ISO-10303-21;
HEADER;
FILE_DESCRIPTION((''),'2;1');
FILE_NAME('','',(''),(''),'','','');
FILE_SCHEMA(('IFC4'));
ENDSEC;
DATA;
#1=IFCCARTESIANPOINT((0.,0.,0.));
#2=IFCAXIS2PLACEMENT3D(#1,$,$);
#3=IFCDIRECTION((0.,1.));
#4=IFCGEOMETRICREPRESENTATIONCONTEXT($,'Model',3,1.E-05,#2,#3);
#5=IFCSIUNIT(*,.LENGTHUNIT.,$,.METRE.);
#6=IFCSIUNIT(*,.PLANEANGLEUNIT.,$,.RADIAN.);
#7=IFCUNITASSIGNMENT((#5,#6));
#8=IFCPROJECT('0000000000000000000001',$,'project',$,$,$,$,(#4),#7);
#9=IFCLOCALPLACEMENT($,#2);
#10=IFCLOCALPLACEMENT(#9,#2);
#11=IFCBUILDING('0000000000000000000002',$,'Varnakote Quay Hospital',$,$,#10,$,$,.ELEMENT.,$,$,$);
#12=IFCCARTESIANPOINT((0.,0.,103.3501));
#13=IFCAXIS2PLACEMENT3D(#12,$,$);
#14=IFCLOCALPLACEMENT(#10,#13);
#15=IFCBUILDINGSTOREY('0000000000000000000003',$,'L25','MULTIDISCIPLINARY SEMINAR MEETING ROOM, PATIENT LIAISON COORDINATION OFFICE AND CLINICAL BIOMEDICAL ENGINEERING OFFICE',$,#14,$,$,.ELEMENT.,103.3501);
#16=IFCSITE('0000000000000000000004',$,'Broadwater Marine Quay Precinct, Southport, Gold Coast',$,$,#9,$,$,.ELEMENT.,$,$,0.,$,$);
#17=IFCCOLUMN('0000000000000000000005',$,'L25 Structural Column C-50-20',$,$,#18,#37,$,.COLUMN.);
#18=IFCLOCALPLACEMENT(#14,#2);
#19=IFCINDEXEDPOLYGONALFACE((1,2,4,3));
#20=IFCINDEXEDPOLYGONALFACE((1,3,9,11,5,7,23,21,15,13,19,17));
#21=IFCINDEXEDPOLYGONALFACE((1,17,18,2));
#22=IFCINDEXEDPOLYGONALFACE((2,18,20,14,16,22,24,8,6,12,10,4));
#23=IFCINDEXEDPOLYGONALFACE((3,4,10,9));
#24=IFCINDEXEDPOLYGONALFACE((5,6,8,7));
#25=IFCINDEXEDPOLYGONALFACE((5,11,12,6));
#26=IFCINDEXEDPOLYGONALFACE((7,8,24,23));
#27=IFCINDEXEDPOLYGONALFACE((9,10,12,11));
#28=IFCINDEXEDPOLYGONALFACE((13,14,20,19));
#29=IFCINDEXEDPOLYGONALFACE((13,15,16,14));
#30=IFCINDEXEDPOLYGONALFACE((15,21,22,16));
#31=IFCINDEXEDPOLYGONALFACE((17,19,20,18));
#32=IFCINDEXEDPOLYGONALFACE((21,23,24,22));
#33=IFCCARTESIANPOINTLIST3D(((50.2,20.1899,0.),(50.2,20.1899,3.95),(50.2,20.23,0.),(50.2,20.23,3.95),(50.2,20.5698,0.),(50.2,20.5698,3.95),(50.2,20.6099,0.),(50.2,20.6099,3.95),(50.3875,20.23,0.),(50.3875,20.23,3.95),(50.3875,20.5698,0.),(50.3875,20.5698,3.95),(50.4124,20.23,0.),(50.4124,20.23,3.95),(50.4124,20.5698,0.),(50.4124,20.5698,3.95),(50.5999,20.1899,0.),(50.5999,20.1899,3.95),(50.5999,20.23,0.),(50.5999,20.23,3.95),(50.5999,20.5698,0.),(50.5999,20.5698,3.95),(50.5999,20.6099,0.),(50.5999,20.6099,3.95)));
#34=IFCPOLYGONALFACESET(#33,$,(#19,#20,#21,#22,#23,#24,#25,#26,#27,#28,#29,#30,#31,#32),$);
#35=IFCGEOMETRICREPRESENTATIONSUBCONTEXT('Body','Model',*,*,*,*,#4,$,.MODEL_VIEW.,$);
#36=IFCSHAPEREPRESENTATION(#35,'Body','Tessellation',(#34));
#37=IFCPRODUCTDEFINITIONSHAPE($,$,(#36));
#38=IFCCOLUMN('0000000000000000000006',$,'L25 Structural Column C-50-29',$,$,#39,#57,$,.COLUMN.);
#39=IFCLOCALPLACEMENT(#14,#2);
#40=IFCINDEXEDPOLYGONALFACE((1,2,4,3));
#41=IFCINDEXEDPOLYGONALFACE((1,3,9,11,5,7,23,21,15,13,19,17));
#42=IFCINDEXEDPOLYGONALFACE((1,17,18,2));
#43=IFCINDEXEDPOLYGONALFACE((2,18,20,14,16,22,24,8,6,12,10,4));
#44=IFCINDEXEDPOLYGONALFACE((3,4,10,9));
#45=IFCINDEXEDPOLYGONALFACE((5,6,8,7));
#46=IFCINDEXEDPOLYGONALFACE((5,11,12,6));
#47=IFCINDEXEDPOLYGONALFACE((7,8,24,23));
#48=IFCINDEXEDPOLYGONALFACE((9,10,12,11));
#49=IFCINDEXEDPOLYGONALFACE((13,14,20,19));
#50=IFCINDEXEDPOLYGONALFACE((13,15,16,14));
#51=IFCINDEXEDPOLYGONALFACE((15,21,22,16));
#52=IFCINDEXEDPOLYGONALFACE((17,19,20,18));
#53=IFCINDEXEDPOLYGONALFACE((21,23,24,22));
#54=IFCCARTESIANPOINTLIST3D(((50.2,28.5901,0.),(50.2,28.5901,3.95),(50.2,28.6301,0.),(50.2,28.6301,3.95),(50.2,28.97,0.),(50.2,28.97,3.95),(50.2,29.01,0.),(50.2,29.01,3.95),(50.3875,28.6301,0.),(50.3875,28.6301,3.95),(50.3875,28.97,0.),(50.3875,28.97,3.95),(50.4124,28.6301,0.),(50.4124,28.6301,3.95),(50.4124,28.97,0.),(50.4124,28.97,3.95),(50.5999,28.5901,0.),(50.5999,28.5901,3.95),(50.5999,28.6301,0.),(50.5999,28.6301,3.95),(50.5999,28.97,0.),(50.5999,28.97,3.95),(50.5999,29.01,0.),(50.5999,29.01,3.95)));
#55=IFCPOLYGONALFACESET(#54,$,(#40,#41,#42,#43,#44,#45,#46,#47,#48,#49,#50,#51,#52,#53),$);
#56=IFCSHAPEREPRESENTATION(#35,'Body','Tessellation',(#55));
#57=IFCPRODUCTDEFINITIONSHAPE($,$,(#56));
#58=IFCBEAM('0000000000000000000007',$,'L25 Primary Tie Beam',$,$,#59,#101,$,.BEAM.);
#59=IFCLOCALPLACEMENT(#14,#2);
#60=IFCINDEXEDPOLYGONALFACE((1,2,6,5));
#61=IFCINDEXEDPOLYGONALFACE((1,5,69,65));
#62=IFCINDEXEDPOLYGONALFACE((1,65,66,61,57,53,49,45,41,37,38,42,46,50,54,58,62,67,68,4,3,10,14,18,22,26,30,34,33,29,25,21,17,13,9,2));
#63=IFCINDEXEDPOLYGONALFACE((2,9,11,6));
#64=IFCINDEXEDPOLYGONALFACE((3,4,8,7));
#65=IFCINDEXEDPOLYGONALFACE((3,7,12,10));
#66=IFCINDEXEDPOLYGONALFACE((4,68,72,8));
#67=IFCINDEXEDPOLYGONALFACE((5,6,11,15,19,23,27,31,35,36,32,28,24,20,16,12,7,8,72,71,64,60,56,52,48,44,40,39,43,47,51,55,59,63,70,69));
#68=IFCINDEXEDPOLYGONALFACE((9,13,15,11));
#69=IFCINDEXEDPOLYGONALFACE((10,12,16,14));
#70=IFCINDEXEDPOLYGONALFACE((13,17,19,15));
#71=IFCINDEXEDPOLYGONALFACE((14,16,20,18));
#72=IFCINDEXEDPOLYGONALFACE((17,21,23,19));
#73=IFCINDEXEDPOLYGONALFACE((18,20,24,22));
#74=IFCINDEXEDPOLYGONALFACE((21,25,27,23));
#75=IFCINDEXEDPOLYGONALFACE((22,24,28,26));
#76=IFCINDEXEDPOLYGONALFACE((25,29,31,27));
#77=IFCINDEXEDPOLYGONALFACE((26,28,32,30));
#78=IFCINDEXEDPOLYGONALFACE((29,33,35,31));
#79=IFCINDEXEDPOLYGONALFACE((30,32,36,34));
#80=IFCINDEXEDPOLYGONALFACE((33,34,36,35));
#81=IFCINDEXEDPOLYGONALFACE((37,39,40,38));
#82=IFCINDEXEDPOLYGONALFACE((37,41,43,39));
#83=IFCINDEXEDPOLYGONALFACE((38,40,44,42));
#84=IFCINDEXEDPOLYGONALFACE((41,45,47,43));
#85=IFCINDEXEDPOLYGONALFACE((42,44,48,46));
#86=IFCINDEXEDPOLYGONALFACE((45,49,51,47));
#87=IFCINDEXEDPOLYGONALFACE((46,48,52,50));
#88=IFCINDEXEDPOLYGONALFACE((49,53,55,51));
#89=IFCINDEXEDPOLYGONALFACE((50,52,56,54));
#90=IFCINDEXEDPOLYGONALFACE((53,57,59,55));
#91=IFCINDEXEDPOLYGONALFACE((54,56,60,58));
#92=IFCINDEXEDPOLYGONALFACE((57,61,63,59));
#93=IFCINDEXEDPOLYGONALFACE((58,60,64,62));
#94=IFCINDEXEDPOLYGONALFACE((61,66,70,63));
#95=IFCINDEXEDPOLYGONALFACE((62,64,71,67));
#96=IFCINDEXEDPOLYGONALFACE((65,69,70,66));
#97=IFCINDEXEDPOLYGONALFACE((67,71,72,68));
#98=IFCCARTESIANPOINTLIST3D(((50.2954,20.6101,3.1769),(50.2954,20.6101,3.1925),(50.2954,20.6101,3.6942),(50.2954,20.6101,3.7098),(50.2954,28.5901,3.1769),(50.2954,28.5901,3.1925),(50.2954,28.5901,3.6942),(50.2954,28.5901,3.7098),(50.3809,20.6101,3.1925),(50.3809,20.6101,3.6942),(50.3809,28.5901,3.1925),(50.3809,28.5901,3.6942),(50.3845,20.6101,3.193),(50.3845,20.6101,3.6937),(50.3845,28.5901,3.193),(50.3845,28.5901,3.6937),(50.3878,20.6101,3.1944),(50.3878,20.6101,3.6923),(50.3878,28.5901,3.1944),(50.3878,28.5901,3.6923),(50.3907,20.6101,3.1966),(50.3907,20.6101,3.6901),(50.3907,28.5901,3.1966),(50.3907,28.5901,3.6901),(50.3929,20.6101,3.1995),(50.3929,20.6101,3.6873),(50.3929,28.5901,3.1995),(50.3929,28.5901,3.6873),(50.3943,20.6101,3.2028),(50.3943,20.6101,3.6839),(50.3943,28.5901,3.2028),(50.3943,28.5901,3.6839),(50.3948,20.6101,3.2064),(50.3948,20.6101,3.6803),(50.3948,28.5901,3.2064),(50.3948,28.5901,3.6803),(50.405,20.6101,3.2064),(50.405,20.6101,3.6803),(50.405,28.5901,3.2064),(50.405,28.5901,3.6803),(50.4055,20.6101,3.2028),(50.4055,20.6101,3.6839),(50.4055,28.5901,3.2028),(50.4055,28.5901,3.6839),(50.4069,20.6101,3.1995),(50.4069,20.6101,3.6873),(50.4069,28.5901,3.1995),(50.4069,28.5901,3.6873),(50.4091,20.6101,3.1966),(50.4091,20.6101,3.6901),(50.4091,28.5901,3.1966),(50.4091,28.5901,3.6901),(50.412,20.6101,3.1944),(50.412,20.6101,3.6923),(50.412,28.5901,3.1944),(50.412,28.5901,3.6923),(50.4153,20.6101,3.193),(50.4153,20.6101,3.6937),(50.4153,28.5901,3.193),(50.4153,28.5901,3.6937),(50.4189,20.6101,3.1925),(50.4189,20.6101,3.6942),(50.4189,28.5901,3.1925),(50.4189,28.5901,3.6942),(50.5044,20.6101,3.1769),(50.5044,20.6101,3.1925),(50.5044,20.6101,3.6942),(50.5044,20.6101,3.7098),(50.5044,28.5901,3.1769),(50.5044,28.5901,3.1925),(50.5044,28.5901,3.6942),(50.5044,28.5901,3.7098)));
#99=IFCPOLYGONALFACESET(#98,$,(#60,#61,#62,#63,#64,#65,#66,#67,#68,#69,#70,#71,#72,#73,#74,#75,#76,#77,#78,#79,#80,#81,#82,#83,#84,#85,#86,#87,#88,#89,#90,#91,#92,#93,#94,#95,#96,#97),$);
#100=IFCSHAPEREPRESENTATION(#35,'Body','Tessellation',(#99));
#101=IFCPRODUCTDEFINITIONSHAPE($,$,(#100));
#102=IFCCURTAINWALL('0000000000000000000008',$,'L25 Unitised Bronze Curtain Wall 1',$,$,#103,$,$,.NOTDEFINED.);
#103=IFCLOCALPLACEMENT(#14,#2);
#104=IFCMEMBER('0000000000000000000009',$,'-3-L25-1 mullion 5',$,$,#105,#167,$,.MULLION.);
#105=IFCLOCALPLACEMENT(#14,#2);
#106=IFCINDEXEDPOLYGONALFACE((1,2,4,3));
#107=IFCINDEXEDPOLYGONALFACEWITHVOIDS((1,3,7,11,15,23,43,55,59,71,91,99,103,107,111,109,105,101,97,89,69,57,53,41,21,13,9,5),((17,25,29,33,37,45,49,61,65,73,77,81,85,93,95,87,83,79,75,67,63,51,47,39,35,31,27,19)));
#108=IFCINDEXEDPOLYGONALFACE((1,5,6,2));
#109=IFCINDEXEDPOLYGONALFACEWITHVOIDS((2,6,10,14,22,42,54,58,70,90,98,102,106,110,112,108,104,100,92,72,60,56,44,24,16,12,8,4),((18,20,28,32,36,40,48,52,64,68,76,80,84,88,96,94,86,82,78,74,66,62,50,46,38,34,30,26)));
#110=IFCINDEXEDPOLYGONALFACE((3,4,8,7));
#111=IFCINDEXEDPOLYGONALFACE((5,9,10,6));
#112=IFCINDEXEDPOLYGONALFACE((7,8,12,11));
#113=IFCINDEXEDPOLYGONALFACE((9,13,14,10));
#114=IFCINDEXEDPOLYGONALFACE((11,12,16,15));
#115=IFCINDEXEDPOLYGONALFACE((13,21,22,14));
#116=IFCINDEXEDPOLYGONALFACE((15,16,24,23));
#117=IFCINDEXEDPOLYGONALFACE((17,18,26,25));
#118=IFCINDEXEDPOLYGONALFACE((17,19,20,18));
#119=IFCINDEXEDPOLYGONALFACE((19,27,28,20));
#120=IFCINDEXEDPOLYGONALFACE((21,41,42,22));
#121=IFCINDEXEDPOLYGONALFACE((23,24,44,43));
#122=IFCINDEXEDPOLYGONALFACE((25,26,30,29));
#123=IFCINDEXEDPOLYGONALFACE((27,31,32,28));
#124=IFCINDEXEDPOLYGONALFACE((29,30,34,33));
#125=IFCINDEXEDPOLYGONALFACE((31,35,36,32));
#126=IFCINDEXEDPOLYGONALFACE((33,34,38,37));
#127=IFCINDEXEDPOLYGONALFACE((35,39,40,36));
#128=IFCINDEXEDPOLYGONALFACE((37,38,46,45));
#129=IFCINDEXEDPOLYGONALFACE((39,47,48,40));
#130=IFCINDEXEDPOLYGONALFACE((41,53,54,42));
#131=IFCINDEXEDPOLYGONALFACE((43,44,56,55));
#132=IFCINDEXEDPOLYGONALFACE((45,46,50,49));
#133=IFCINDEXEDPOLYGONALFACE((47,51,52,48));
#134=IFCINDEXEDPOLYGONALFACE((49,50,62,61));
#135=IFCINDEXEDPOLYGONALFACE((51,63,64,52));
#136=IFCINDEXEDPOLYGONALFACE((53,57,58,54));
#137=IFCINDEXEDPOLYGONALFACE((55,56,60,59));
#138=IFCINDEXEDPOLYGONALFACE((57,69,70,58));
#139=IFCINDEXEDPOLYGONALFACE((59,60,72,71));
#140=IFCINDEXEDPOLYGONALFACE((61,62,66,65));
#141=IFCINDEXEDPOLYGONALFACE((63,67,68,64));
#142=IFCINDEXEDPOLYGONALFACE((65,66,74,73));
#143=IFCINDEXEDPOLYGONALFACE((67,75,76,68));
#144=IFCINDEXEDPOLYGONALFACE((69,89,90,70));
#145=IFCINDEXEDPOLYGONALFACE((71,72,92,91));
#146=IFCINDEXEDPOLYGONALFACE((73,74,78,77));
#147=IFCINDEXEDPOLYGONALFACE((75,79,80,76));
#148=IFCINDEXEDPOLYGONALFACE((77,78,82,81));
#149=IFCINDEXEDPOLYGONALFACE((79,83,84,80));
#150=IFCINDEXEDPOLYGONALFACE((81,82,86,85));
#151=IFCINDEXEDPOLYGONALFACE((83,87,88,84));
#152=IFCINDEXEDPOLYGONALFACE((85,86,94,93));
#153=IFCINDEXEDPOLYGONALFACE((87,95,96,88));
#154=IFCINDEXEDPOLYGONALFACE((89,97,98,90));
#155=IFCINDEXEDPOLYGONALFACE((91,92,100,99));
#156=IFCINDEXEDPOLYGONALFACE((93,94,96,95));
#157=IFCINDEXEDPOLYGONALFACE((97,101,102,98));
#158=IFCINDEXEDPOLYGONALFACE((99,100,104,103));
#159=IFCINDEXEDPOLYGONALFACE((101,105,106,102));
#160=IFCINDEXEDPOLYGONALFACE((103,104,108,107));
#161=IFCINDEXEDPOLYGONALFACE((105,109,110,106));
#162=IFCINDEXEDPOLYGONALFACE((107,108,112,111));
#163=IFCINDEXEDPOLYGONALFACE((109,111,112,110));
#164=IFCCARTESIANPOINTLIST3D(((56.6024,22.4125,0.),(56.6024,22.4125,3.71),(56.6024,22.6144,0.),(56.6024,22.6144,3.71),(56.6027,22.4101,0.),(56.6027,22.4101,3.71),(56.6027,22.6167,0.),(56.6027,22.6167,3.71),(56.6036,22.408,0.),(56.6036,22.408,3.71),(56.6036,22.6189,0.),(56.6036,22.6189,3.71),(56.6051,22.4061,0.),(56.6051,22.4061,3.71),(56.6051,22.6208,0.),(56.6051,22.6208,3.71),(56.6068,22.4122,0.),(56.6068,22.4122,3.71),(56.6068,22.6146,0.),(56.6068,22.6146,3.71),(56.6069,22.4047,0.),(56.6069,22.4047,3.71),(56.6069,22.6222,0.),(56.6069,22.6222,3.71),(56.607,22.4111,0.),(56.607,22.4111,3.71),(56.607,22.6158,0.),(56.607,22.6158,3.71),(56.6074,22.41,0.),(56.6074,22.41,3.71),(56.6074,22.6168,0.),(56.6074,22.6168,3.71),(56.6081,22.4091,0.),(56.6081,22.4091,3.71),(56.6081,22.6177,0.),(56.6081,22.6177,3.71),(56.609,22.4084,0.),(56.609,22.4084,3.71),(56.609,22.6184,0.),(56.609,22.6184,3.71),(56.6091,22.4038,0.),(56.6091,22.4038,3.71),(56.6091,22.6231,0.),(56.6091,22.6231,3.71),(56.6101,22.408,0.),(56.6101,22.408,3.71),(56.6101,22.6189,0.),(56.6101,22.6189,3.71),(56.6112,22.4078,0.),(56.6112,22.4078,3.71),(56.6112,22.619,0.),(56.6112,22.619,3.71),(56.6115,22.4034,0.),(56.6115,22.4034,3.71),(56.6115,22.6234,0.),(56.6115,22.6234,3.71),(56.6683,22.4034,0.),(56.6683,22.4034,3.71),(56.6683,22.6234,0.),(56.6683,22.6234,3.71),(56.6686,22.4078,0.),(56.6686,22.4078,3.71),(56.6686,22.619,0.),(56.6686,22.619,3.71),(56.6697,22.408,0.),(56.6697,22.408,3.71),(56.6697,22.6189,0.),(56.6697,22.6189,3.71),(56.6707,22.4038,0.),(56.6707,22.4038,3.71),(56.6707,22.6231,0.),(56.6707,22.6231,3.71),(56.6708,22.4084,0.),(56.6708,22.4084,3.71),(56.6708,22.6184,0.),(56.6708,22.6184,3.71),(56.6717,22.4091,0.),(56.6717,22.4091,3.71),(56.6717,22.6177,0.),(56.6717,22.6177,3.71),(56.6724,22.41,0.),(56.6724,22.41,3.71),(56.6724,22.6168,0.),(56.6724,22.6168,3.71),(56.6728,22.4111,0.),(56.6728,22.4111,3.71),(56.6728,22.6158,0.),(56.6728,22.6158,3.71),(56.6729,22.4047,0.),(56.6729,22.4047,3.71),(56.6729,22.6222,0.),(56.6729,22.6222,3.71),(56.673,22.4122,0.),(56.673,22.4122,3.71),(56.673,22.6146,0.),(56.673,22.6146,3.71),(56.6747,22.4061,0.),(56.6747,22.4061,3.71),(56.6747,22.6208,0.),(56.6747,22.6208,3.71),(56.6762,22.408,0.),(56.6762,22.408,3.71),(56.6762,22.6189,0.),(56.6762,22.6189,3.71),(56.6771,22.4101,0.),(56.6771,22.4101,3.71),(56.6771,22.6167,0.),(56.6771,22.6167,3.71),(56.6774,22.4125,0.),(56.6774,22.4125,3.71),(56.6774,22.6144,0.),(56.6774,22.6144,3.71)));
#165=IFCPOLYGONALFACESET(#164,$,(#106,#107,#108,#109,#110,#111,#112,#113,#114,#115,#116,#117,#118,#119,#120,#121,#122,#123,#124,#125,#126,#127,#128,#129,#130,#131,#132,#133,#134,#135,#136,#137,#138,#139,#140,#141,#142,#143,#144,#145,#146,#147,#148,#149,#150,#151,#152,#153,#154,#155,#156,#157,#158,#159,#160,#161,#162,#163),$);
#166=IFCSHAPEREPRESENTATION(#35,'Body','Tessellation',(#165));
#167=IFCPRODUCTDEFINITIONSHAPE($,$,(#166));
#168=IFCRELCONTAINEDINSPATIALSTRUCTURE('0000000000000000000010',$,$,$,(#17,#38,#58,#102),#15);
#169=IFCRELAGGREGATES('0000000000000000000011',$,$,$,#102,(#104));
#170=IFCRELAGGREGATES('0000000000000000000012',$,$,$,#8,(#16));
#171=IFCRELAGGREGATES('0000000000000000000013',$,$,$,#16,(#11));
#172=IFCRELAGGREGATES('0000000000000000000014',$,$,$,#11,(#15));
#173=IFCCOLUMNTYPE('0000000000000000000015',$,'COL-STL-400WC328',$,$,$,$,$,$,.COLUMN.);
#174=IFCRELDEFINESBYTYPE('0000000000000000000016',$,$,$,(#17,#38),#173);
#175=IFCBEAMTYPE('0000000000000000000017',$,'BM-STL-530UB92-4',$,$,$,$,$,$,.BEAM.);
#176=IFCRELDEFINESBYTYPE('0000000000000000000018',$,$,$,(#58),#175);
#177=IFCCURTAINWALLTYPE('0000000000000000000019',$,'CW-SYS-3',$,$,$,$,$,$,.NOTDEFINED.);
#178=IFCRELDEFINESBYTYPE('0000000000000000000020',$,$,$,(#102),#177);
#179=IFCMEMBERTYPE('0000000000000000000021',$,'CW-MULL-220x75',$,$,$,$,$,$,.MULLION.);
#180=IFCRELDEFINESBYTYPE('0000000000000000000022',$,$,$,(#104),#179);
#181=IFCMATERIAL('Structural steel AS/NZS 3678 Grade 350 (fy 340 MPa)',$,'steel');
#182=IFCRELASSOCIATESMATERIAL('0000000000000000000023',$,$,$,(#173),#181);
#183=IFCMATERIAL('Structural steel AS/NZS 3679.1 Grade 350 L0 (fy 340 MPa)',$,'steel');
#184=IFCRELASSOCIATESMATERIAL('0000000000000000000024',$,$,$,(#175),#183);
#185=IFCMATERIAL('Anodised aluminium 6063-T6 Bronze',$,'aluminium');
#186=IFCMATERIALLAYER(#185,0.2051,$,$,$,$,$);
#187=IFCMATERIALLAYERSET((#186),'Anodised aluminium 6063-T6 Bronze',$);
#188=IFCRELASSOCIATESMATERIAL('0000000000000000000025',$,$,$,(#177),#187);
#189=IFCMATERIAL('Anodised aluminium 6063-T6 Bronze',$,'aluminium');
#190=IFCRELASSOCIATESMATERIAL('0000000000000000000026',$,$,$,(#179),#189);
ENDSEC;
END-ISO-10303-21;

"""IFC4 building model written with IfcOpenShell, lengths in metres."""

from ifc_helpers import new_model, si_unit, direction, frame, origin, origin_2d, place, context, subcontext, project, spatial, hollow_rectangle, i_section, extrude, material, layer, layer_set, material_profile, profile_set, type_object, element, aggregate, save


model = new_model("IFC4")

# Units and contexts
model_context = context("Model", 3, precision=1e-05, world=origin(), true_north=direction((0.0, 1.0)))
body_context = subcontext(model_context, "Body", "Model", "MODEL_VIEW")
ifc_project = project(units=[si_unit("LENGTHUNIT", "METRE"), si_unit("PLANEANGLEUNIT", "RADIAN")], contexts=[model_context])

# Site, building, storey
site_placement = place(None, origin())
site = spatial("IfcSite", under=ifc_project, at=site_placement, Name="Broadwater Marine Quay Precinct, Southport, Gold Coast", CompositionType="ELEMENT", RefElevation=0.0)
building_placement = place(site_placement, origin())
building = spatial("IfcBuilding", under=site, at=building_placement, Name="Varnakote Quay Hospital", CompositionType="ELEMENT")
storey_placement = place(building_placement, frame((0.0, 0.0, 103.3501)))
storey = spatial("IfcBuildingStorey", under=building, at=storey_placement, Name="L25", Description="MULTIDISCIPLINARY SEMINAR MEETING ROOM, PATIENT LIAISON COORDINATION OFFICE AND CLINICAL BIOMEDICAL ENGINEERING OFFICE", CompositionType="ELEMENT", Elevation=103.3501)

# Columns
ifc_material_1 = material(Name="Structural steel AS/NZS 3678 Grade 350 (fy 340 MPa)", Category="steel")
ifc_material_profile_1 = material_profile(ifc_material_1, i_section(OverallWidth=0.3999, OverallDepth=0.4199, WebThickness=0.0249, FlangeThickness=0.04, at=origin_2d()), Name="400WC328")
ifc_profile_set_1 = profile_set([ifc_material_profile_1], Name="Structural steel AS/NZS 3678 Grade 350 (fy 340 MPa)")
column_type = type_object("IfcColumnType", Name="COL-STL-400WC328", PredefinedType="COLUMN", material=ifc_profile_set_1)
for number, where, z_axis, x_axis, name in (
    (1, (50.3999, 20.3999, 0.0), (0.0, 0.0, 1.0), (1.0, 0.0, 0.0), "L25 Structural Column C-50-20"),
    (2, (50.3999, 28.8, 0.0), (0.0, 0.0, 1.0), (1.0, 0.0, 0.0), "L25 Structural Column C-50-29"),
):
    element("IfcColumn", number, at=place(storey_placement, frame(where, z_axis=z_axis, x_axis=x_axis)), inside=storey, type_object=column_type, Name=name, PredefinedType="COLUMN", context=body_context, shape_type="SweptSolid", body=[
        extrude(i_section(OverallWidth=0.3999, OverallDepth=0.4199, WebThickness=0.0249, FlangeThickness=0.04, at=origin_2d()), origin(), (0.0, 0.0, 1.0), 3.95),
    ])

# Beam
ifc_material_2 = material(Name="Structural steel AS/NZS 3679.1 Grade 350 L0 (fy 340 MPa)", Category="steel")
ifc_material_profile_2 = material_profile(ifc_material_2, i_section(OverallWidth=0.209, OverallDepth=0.533, WebThickness=0.0103, FlangeThickness=0.0156, FilletRadius=0.0139, at=origin_2d()), Name="530UB92.4")
ifc_profile_set_2 = profile_set([ifc_material_profile_2], Name="Structural steel AS/NZS 3679.1 Grade 350 L0 (fy 340 MPa)")
beam_type = type_object("IfcBeamType", Name="BM-STL-530UB92-4", PredefinedType="BEAM", material=ifc_profile_set_2)
beam_placement = place(storey_placement, frame((50.3999, 20.6101, 3.4434), z_axis=(0.0, 1.0, 0.0), x_axis=(-1.0, 0.0, 0.0)))
element("IfcBeam", 3, at=beam_placement, inside=storey, type_object=beam_type, Name="L25 Primary Tie Beam", PredefinedType="BEAM", context=body_context, shape_type="SweptSolid", body=[
    extrude(i_section(OverallWidth=0.209, OverallDepth=0.533, WebThickness=0.0103, FlangeThickness=0.0156, FilletRadius=0.0139, at=origin_2d()), origin(), (0.0, 0.0, 1.0), 7.98),
])

# Curtain wall, member
ifc_material_3 = material(Name="Anodised aluminium 6063-T6 Bronze", Category="aluminium")
ifc_layer_1 = layer(ifc_material_3, 0.2051)
ifc_layer_set_1 = layer_set([ifc_layer_1], Name="Anodised aluminium 6063-T6 Bronze")
curtain_wall_type = type_object("IfcCurtainWallType", Name="CW-SYS-3", PredefinedType="NOTDEFINED", material=ifc_layer_set_1)
curtain_wall_1_placement = place(storey_placement, origin())
curtain_wall_1 = element("IfcCurtainWall", 4, at=curtain_wall_1_placement, inside=storey, type_object=curtain_wall_type, Name="L25 Unitised Bronze Curtain Wall 1", PredefinedType="NOTDEFINED")
ifc_material_4 = material(Name="Anodised aluminium 6063-T6 Bronze", Category="aluminium")
ifc_material_profile_3 = material_profile(ifc_material_4, hollow_rectangle(XDim=0.075, YDim=0.22, WallThickness=0.0044, InnerFilletRadius=0.0044, OuterFilletRadius=0.009, at=origin_2d()), Name="CW-MULL-220x75")
ifc_profile_set_3 = profile_set([ifc_material_profile_3], Name="Anodised aluminium 6063-T6 Bronze")
member_type_1 = type_object("IfcMemberType", Name="CW-MULL-220x75", PredefinedType="MULLION", material=ifc_profile_set_3)
member_1_placement = place(storey_placement, frame((56.6399, 22.5134, 0.0), z_axis=(0.0, 0.0, 1.0), x_axis=(-1.0, 0.0, 0.0)))
member_1 = element("IfcMember", 5, at=member_1_placement, type_object=member_type_1, Name="-3-L25-1 mullion 5", PredefinedType="MULLION", context=body_context, shape_type="SweptSolid", body=[
    extrude(hollow_rectangle(XDim=0.075, YDim=0.22, WallThickness=0.0044, InnerFilletRadius=0.0044, OuterFilletRadius=0.009, at=origin_2d()), origin(), (0.0, 0.0, 1.0), 3.71),
])

aggregate(curtain_wall_1, [member_1])

save(model, "model.ifc")
